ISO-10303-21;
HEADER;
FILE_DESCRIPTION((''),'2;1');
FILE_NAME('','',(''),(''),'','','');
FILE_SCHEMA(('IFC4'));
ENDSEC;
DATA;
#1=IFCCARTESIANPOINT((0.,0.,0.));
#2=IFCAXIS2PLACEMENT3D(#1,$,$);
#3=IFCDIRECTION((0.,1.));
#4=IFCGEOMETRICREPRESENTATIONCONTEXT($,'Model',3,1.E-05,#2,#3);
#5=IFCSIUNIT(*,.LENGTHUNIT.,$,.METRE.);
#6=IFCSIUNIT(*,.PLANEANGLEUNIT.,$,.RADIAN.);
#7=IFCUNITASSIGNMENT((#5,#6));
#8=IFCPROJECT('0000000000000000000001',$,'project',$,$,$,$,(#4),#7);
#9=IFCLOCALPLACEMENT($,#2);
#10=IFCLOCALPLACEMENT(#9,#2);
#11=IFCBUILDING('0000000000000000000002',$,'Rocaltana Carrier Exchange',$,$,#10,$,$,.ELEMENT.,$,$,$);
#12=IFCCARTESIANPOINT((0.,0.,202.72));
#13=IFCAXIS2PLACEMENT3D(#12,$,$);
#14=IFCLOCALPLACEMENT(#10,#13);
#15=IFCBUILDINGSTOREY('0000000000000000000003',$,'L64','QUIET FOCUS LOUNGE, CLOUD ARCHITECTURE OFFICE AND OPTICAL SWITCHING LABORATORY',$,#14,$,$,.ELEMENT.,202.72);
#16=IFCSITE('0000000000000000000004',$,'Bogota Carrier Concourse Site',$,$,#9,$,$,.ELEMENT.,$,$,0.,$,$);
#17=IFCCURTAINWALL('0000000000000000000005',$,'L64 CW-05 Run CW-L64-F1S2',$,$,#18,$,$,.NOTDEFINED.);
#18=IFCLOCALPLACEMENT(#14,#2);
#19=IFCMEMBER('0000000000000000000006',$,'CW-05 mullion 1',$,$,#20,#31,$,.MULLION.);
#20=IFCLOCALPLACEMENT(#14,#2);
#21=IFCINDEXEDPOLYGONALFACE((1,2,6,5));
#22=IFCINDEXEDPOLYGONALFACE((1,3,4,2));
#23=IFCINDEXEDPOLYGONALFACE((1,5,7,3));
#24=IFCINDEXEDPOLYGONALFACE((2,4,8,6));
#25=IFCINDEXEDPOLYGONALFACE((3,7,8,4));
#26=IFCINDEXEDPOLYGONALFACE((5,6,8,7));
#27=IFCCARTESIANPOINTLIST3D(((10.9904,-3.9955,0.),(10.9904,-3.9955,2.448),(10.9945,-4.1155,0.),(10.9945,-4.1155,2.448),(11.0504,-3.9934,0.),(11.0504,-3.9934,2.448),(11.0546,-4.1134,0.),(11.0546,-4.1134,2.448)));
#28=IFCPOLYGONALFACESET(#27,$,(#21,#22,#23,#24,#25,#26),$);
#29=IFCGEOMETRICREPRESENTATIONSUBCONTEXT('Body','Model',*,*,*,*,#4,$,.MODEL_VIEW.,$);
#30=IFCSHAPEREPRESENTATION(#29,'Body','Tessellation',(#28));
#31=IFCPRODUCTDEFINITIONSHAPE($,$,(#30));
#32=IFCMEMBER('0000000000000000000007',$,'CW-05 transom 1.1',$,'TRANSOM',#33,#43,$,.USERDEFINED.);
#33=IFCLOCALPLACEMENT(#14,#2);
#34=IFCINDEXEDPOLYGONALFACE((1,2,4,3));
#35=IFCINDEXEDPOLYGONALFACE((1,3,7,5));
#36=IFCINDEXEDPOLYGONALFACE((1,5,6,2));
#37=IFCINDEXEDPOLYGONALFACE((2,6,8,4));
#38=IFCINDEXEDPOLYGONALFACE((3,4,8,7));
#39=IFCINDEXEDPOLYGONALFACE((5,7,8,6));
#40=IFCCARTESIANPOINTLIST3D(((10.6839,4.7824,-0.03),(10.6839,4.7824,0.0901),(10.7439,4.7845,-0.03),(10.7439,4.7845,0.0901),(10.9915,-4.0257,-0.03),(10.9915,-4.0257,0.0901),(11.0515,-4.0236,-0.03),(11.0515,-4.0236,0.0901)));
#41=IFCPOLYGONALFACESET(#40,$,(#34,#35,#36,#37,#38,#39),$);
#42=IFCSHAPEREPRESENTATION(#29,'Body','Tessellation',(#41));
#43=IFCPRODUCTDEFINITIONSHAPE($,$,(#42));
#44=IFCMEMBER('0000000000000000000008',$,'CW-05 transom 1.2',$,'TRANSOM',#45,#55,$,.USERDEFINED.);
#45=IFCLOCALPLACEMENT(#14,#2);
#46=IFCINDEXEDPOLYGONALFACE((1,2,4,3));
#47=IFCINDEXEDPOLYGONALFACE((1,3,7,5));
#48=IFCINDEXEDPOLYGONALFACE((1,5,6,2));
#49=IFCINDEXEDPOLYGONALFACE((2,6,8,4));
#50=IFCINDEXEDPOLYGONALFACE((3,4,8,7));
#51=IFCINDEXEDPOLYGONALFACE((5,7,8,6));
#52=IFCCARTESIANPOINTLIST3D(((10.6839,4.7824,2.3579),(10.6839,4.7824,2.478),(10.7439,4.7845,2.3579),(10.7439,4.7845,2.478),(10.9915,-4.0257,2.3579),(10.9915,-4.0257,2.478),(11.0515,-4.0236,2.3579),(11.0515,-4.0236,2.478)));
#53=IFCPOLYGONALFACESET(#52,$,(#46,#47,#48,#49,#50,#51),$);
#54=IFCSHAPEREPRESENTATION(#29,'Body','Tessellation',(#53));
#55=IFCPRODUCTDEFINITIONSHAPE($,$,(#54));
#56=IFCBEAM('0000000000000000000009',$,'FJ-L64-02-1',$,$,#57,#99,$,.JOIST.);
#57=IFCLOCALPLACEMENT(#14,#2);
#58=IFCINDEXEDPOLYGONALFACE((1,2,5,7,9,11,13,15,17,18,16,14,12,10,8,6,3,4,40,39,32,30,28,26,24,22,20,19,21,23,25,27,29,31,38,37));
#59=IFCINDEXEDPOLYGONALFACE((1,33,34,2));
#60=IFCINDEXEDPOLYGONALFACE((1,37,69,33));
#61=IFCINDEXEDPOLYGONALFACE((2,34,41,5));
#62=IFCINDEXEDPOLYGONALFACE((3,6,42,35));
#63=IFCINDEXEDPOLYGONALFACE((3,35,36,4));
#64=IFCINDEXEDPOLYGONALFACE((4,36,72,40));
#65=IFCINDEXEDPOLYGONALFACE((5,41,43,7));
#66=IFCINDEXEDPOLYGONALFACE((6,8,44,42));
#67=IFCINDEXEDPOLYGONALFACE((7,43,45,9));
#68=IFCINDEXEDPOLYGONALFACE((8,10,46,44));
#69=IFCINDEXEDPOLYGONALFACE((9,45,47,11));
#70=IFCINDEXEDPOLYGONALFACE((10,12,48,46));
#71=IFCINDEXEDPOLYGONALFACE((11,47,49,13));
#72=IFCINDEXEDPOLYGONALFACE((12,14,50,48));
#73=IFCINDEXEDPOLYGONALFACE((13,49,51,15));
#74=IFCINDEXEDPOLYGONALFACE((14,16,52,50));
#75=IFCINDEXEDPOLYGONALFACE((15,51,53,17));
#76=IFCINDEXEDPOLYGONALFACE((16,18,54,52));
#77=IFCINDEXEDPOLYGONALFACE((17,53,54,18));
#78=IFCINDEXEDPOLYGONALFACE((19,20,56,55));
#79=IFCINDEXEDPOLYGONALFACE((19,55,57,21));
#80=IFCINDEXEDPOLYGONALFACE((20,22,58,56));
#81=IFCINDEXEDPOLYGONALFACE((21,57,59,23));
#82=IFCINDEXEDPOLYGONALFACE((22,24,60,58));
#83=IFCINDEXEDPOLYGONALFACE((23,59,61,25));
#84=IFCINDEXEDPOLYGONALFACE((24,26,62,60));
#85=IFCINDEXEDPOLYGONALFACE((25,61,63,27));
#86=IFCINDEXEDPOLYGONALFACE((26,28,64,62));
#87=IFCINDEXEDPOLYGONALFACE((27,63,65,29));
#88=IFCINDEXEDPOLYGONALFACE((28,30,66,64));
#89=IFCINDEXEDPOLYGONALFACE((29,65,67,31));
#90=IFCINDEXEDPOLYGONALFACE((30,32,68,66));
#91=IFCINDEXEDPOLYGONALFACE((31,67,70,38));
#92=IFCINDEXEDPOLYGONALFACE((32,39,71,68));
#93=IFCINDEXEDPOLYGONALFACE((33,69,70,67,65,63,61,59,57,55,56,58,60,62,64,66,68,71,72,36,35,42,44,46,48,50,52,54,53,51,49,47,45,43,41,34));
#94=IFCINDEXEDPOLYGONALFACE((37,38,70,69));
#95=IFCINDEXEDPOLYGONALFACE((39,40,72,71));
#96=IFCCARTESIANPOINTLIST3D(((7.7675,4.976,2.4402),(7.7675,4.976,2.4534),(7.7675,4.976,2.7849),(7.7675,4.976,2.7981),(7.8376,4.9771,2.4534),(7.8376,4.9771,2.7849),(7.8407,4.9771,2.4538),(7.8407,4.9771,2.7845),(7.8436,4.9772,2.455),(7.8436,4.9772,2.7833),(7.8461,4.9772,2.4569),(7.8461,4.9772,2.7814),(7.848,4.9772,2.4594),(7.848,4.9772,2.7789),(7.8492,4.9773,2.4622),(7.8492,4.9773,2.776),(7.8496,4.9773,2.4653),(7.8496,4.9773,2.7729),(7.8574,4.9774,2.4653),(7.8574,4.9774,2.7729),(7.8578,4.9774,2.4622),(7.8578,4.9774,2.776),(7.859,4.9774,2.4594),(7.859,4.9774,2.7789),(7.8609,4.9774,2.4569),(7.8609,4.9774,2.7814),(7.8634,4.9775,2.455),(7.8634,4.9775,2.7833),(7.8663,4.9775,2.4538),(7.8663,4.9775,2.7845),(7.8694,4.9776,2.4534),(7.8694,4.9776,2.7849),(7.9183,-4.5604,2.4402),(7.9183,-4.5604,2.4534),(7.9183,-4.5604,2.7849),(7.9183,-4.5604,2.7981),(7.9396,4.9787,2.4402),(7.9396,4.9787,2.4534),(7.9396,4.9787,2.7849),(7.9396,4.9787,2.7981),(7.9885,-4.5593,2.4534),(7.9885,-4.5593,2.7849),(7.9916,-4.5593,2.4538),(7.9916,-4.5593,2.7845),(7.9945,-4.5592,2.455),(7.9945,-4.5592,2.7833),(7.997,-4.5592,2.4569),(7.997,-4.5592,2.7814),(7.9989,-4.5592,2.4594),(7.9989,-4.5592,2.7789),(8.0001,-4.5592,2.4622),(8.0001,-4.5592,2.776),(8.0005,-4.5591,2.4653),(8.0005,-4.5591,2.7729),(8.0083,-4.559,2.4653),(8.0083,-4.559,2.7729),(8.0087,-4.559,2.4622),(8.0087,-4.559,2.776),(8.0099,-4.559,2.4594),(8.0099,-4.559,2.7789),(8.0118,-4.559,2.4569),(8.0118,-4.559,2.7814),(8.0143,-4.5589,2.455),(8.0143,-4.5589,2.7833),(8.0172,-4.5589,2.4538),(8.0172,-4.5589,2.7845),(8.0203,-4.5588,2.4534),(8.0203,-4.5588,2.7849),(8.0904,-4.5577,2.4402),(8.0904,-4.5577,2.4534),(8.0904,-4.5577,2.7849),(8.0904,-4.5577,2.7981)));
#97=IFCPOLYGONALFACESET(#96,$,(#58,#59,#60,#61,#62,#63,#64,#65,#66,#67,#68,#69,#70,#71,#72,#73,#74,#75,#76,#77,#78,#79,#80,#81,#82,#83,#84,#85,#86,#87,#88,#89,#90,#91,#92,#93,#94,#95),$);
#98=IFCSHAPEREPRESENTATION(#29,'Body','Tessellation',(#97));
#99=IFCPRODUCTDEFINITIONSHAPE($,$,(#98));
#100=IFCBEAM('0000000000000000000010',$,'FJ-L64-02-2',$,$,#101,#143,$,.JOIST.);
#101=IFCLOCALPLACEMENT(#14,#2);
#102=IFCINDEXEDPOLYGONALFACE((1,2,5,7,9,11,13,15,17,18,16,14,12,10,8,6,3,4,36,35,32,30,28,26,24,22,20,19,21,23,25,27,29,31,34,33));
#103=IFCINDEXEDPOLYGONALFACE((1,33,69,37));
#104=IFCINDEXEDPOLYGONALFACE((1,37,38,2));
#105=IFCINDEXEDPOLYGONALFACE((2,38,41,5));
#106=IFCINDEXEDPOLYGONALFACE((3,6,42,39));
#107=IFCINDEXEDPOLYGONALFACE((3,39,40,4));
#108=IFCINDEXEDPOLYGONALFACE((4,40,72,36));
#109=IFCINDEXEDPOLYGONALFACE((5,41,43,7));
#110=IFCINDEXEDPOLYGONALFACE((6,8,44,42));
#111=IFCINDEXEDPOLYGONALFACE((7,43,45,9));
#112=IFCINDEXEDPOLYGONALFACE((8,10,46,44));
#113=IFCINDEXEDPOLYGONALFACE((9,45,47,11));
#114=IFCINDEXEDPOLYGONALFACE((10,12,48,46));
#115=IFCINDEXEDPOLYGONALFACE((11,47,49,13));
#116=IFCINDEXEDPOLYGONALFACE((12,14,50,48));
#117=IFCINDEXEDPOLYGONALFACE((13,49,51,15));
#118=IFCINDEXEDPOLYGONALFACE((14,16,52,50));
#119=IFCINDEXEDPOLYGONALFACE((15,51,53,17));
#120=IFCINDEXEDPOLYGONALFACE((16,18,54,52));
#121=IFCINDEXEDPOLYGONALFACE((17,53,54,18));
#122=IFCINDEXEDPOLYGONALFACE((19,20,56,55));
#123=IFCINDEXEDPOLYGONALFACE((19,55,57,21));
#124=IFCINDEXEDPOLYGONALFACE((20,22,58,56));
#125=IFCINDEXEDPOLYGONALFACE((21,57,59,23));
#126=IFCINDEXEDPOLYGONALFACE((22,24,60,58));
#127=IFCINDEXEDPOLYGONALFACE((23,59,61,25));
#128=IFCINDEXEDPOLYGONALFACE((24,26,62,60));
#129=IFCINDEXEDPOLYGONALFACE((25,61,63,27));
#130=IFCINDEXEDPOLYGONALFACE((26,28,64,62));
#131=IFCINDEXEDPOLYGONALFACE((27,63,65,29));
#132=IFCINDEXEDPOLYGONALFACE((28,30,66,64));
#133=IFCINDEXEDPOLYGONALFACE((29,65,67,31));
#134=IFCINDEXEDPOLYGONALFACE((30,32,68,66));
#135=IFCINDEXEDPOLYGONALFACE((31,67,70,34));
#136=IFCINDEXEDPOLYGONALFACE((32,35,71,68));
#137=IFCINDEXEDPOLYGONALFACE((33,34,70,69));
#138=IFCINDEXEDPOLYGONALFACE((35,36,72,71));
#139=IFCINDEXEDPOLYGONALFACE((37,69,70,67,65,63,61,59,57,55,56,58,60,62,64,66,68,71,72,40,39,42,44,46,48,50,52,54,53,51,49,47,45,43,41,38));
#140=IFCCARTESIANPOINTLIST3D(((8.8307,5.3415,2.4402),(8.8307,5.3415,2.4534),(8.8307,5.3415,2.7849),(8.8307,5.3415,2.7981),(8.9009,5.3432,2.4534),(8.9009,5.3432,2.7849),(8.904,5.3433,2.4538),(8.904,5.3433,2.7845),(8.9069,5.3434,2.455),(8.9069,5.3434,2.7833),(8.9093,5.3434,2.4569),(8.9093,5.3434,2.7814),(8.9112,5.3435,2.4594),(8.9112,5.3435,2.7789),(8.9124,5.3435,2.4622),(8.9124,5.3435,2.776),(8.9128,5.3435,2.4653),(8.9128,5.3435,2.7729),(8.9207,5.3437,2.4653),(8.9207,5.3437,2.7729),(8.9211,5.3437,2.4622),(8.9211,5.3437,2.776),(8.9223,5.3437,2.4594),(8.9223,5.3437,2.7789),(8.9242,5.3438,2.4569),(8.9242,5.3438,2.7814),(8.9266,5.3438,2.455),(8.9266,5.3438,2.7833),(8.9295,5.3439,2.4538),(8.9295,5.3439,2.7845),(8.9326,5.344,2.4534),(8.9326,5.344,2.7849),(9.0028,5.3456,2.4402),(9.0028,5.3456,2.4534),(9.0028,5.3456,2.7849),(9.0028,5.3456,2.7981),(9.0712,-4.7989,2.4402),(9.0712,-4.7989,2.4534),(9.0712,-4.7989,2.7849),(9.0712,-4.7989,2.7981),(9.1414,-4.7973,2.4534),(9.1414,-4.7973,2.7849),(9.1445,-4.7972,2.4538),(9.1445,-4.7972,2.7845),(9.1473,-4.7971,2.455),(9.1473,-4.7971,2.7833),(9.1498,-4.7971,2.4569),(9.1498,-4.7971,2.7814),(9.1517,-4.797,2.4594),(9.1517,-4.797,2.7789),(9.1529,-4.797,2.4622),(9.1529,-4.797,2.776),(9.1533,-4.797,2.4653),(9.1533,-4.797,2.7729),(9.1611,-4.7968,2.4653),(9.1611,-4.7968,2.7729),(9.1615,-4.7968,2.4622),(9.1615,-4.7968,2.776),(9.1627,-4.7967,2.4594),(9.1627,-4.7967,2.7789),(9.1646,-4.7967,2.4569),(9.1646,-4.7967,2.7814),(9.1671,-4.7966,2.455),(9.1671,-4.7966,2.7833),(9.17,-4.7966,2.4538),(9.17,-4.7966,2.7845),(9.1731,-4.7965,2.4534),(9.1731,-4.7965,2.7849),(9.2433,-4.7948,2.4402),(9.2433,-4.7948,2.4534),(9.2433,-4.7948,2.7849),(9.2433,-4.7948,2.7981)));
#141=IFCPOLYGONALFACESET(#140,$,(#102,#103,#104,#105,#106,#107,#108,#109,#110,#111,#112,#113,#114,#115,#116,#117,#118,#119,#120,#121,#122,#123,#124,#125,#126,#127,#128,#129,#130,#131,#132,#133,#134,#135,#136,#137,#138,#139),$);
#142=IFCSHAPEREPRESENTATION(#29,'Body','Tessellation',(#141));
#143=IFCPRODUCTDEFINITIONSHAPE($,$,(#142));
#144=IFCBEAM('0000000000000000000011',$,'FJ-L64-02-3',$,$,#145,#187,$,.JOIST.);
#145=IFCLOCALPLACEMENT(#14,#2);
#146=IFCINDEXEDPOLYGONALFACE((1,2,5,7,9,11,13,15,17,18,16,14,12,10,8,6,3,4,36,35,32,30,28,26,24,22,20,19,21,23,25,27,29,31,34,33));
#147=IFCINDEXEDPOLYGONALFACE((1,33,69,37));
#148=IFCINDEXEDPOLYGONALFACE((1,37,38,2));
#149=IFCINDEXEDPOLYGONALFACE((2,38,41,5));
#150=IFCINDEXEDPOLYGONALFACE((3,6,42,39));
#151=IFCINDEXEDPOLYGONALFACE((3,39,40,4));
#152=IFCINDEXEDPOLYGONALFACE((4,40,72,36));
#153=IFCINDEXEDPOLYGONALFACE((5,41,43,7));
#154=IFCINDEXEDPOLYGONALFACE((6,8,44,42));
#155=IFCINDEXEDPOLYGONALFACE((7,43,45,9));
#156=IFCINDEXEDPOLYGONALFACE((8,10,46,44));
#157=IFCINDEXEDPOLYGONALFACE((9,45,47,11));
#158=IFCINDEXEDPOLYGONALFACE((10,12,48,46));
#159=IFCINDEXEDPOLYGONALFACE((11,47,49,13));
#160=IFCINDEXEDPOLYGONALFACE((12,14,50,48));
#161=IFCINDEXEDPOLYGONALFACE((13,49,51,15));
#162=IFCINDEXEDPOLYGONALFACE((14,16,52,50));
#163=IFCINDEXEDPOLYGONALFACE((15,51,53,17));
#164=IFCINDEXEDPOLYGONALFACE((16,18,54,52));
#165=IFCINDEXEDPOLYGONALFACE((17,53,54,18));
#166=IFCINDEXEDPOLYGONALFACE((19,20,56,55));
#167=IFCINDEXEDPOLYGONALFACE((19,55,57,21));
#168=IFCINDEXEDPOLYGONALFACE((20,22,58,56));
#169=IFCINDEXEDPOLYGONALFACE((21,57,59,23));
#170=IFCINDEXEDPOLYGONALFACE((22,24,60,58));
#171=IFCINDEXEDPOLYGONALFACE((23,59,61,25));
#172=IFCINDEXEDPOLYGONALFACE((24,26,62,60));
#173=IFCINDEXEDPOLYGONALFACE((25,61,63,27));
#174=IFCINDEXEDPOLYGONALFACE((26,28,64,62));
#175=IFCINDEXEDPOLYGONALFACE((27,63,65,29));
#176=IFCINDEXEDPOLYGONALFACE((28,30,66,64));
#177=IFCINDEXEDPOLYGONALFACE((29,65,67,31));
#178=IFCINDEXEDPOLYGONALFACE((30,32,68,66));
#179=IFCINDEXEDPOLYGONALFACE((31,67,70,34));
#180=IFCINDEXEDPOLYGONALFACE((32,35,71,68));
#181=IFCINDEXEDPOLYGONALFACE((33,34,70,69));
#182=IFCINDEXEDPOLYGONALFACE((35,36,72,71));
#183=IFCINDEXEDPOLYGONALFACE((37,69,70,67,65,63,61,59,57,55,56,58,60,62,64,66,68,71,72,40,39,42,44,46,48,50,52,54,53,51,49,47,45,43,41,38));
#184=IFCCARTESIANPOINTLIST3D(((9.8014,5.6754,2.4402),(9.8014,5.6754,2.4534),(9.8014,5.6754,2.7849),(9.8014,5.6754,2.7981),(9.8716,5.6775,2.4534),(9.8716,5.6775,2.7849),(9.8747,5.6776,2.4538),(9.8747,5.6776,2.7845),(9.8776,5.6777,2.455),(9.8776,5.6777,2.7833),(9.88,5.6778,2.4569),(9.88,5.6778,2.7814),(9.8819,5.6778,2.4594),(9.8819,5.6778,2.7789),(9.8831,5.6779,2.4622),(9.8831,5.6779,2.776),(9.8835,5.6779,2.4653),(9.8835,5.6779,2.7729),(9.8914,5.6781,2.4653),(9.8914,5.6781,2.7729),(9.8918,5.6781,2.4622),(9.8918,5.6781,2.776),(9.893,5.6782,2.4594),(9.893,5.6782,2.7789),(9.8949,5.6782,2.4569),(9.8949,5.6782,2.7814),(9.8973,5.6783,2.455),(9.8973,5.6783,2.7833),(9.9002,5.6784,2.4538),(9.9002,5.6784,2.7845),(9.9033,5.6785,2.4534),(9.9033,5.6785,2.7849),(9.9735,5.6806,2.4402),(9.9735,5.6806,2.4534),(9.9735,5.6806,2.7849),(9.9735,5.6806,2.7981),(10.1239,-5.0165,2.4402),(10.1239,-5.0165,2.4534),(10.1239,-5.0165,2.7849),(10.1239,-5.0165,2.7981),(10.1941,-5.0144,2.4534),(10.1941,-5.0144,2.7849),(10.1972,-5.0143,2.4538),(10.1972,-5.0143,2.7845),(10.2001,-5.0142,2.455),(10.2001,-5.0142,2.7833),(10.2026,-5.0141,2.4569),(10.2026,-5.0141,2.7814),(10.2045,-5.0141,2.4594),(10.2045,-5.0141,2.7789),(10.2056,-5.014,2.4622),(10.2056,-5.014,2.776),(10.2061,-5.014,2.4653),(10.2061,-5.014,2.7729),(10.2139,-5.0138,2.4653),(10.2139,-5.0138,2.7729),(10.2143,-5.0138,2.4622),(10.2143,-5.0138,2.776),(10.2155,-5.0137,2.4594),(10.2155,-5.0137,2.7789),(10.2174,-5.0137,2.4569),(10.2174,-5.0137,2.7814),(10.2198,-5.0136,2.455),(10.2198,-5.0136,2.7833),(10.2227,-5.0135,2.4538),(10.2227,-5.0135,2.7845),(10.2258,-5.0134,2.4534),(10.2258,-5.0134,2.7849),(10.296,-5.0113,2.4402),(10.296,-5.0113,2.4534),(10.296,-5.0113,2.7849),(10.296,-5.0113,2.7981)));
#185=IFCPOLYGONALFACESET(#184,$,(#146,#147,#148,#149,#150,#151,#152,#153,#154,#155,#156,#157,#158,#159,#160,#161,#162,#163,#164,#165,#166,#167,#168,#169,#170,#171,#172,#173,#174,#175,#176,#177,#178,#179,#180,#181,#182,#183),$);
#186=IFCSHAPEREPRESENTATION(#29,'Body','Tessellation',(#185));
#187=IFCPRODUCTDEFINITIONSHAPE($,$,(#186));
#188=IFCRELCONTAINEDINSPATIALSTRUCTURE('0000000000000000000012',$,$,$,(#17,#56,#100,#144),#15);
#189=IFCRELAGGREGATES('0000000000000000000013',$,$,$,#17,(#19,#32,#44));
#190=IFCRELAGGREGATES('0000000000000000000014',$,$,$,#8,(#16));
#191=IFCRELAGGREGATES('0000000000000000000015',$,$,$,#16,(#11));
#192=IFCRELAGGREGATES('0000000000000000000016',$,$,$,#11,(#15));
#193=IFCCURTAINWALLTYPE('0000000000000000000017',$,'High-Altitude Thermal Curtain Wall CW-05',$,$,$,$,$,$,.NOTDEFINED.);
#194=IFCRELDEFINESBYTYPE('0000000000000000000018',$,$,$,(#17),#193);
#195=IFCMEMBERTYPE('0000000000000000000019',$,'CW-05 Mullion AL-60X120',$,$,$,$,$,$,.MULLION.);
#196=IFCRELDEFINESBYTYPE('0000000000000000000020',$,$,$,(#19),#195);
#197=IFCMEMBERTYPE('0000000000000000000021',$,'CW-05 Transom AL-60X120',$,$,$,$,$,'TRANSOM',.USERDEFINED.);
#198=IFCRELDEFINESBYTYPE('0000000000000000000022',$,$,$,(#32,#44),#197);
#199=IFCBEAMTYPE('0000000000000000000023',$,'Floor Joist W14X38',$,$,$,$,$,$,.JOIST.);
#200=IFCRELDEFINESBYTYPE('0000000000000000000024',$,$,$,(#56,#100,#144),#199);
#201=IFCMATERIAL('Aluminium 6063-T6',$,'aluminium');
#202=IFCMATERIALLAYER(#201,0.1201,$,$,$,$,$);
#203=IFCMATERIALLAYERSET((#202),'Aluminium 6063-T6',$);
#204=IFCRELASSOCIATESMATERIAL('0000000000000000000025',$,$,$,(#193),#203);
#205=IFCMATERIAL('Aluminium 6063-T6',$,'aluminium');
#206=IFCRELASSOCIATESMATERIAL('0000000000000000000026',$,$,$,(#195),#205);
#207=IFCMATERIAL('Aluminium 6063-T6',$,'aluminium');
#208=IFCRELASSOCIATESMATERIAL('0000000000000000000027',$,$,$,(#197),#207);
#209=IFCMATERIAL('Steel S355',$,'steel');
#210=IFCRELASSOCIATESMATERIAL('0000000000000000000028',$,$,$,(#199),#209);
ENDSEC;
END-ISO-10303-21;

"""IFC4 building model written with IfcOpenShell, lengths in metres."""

from ifc_helpers import new_model, si_unit, direction, frame, origin, origin_2d, place, context, subcontext, project, spatial, rectangle, i_section, extrude, material, layer, layer_set, material_profile, profile_set, type_object, element, aggregate, save


model = new_model("IFC4")

# Units and contexts
model_context = context("Model", 3, precision=1e-05, world=origin(), true_north=direction((0.0, 1.0)))
body_context = subcontext(model_context, "Body", "Model", "MODEL_VIEW")
ifc_project = project(units=[si_unit("LENGTHUNIT", "METRE"), si_unit("PLANEANGLEUNIT", "RADIAN")], contexts=[model_context])

# Site, building, storey
site_placement = place(None, origin())
site = spatial("IfcSite", under=ifc_project, at=site_placement, Name="Bogota Carrier Concourse Site", CompositionType="ELEMENT", RefElevation=0.0)
building_placement = place(site_placement, origin())
building = spatial("IfcBuilding", under=site, at=building_placement, Name="Rocaltana Carrier Exchange", CompositionType="ELEMENT")
storey_placement = place(building_placement, frame((0.0, 0.0, 202.72)))
storey = spatial("IfcBuildingStorey", under=building, at=storey_placement, Name="L64", Description="QUIET FOCUS LOUNGE, CLOUD ARCHITECTURE OFFICE AND OPTICAL SWITCHING LABORATORY", CompositionType="ELEMENT", Elevation=202.72)

# Curtain wall, members
ifc_material_1 = material(Name="Aluminium 6063-T6", Category="aluminium")
ifc_layer_1 = layer(ifc_material_1, 0.1201)
ifc_layer_set_1 = layer_set([ifc_layer_1], Name="Aluminium 6063-T6")
curtain_wall_type = type_object("IfcCurtainWallType", Name="High-Altitude Thermal Curtain Wall CW-05", PredefinedType="NOTDEFINED", material=ifc_layer_set_1)
curtain_wall_placement = place(storey_placement, origin())
curtain_wall = element("IfcCurtainWall", 1, at=curtain_wall_placement, inside=storey, type_object=curtain_wall_type, Name="L64 CW-05 Run CW-L64-F1S2", PredefinedType="NOTDEFINED")
ifc_material_2 = material(Name="Aluminium 6063-T6", Category="aluminium")
ifc_material_profile_1 = material_profile(ifc_material_2, rectangle(XDim=0.0601, YDim=0.1201, at=origin_2d()), Name="AL-60X120")
ifc_profile_set_1 = profile_set([ifc_material_profile_1], Name="Aluminium 6063-T6")
member_type_1 = type_object("IfcMemberType", Name="CW-05 Mullion AL-60X120", PredefinedType="MULLION", material=ifc_profile_set_1)
member_1_placement = place(storey_placement, frame((11.0225, -4.0544, 0.0), z_axis=(0.0, 0.0, 1.0), x_axis=(-0.999391, -0.034903, 0.0)))
member_1 = element("IfcMember", 2, at=member_1_placement, type_object=member_type_1, Name="CW-05 mullion 1", PredefinedType="MULLION", context=body_context, shape_type="SweptSolid", body=[
    extrude(rectangle(XDim=0.0601, YDim=0.1201, at=origin_2d()), origin(), (0.0, 0.0, 1.0), 2.448),
])
ifc_material_3 = material(Name="Aluminium 6063-T6", Category="aluminium")
ifc_material_profile_2 = material_profile(ifc_material_3, rectangle(XDim=0.0601, YDim=0.1201, at=origin_2d()), Name="AL-60X120")
ifc_profile_set_2 = profile_set([ifc_material_profile_2], Name="Aluminium 6063-T6")
member_type_2 = type_object("IfcMemberType", Name="CW-05 Transom AL-60X120", ElementType="TRANSOM", PredefinedType="USERDEFINED", material=ifc_profile_set_2)
member_2_placement = place(storey_placement, frame((11.0215, -4.0247, 0.03), z_axis=(-0.034903, 0.999391, 0.0), x_axis=(-0.999391, -0.034903, 0.0)))
member_2 = element("IfcMember", 3, at=member_2_placement, type_object=member_type_2, Name="CW-05 transom 1.1", ObjectType="TRANSOM", PredefinedType="USERDEFINED", context=body_context, shape_type="SweptSolid", body=[
    extrude(rectangle(XDim=0.0601, YDim=0.1201, at=origin_2d()), origin(), (0.0, 0.0, 1.0), 8.8135),
])
member_3_placement = place(storey_placement, frame((11.0215, -4.0247, 2.418), z_axis=(-0.034903, 0.999391, 0.0), x_axis=(-0.999391, -0.034903, 0.0)))
member_3 = element("IfcMember", 4, at=member_3_placement, type_object=member_type_2, Name="CW-05 transom 1.2", ObjectType="TRANSOM", PredefinedType="USERDEFINED", context=body_context, shape_type="SweptSolid", body=[
    extrude(rectangle(XDim=0.0601, YDim=0.1201, at=origin_2d()), origin(), (0.0, 0.0, 1.0), 8.8135),
])
aggregate(curtain_wall, [member_1, member_2, member_3])

# Beams
ifc_material_4 = material(Name="Steel S355", Category="steel")
ifc_material_profile_3 = material_profile(ifc_material_4, i_section(OverallWidth=0.1721, OverallDepth=0.3579, WebThickness=0.0078, FlangeThickness=0.0132, FilletRadius=0.012, at=origin_2d()), Name="W14X38")
ifc_profile_set_3 = profile_set([ifc_material_profile_3], Name="Steel S355")
beam_type_1 = type_object("IfcBeamType", Name="Floor Joist W14X38", PredefinedType="JOIST", material=ifc_profile_set_3)
beam_1_placement = place(storey_placement, frame((8.0044, -4.5591, 2.6191), z_axis=(-0.015819, 0.999875, 0.0), x_axis=(-0.999875, -0.015819, 0.0)))
element("IfcBeam", 5, at=beam_1_placement, inside=storey, type_object=beam_type_1, Name="FJ-L64-02-1", PredefinedType="JOIST", context=body_context, shape_type="SweptSolid", body=[
    extrude(i_section(OverallWidth=0.1721, OverallDepth=0.3579, WebThickness=0.0078, FlangeThickness=0.0132, FilletRadius=0.012, at=origin_2d()), origin(), (0.0, 0.0, 1.0), 9.5376),
])
beam_2_placement = place(storey_placement, frame((9.1572, -4.7969, 2.6191), z_axis=(-0.023708, 0.999719, 0.0), x_axis=(-0.999719, -0.023708, 0.0)))
element("IfcBeam", 6, at=beam_2_placement, inside=storey, type_object=beam_type_1, Name="FJ-L64-02-2", PredefinedType="JOIST", context=body_context, shape_type="SweptSolid", body=[
    extrude(i_section(OverallWidth=0.1721, OverallDepth=0.3579, WebThickness=0.0078, FlangeThickness=0.0132, FilletRadius=0.012, at=origin_2d()), origin(), (0.0, 0.0, 1.0), 10.1433),
])
beam_3_placement = place(storey_placement, frame((10.21, -5.0139, 2.6191), z_axis=(-0.03015, 0.999545, 0.0), x_axis=(-0.999545, -0.03015, 0.0)))
element("IfcBeam", 7, at=beam_3_placement, inside=storey, type_object=beam_type_1, Name="FJ-L64-02-3", PredefinedType="JOIST", context=body_context, shape_type="SweptSolid", body=[
    extrude(i_section(OverallWidth=0.1721, OverallDepth=0.3579, WebThickness=0.0078, FlangeThickness=0.0132, FilletRadius=0.012, at=origin_2d()), origin(), (0.0, 0.0, 1.0), 10.6968),
])

save(model, "model.ifc")
